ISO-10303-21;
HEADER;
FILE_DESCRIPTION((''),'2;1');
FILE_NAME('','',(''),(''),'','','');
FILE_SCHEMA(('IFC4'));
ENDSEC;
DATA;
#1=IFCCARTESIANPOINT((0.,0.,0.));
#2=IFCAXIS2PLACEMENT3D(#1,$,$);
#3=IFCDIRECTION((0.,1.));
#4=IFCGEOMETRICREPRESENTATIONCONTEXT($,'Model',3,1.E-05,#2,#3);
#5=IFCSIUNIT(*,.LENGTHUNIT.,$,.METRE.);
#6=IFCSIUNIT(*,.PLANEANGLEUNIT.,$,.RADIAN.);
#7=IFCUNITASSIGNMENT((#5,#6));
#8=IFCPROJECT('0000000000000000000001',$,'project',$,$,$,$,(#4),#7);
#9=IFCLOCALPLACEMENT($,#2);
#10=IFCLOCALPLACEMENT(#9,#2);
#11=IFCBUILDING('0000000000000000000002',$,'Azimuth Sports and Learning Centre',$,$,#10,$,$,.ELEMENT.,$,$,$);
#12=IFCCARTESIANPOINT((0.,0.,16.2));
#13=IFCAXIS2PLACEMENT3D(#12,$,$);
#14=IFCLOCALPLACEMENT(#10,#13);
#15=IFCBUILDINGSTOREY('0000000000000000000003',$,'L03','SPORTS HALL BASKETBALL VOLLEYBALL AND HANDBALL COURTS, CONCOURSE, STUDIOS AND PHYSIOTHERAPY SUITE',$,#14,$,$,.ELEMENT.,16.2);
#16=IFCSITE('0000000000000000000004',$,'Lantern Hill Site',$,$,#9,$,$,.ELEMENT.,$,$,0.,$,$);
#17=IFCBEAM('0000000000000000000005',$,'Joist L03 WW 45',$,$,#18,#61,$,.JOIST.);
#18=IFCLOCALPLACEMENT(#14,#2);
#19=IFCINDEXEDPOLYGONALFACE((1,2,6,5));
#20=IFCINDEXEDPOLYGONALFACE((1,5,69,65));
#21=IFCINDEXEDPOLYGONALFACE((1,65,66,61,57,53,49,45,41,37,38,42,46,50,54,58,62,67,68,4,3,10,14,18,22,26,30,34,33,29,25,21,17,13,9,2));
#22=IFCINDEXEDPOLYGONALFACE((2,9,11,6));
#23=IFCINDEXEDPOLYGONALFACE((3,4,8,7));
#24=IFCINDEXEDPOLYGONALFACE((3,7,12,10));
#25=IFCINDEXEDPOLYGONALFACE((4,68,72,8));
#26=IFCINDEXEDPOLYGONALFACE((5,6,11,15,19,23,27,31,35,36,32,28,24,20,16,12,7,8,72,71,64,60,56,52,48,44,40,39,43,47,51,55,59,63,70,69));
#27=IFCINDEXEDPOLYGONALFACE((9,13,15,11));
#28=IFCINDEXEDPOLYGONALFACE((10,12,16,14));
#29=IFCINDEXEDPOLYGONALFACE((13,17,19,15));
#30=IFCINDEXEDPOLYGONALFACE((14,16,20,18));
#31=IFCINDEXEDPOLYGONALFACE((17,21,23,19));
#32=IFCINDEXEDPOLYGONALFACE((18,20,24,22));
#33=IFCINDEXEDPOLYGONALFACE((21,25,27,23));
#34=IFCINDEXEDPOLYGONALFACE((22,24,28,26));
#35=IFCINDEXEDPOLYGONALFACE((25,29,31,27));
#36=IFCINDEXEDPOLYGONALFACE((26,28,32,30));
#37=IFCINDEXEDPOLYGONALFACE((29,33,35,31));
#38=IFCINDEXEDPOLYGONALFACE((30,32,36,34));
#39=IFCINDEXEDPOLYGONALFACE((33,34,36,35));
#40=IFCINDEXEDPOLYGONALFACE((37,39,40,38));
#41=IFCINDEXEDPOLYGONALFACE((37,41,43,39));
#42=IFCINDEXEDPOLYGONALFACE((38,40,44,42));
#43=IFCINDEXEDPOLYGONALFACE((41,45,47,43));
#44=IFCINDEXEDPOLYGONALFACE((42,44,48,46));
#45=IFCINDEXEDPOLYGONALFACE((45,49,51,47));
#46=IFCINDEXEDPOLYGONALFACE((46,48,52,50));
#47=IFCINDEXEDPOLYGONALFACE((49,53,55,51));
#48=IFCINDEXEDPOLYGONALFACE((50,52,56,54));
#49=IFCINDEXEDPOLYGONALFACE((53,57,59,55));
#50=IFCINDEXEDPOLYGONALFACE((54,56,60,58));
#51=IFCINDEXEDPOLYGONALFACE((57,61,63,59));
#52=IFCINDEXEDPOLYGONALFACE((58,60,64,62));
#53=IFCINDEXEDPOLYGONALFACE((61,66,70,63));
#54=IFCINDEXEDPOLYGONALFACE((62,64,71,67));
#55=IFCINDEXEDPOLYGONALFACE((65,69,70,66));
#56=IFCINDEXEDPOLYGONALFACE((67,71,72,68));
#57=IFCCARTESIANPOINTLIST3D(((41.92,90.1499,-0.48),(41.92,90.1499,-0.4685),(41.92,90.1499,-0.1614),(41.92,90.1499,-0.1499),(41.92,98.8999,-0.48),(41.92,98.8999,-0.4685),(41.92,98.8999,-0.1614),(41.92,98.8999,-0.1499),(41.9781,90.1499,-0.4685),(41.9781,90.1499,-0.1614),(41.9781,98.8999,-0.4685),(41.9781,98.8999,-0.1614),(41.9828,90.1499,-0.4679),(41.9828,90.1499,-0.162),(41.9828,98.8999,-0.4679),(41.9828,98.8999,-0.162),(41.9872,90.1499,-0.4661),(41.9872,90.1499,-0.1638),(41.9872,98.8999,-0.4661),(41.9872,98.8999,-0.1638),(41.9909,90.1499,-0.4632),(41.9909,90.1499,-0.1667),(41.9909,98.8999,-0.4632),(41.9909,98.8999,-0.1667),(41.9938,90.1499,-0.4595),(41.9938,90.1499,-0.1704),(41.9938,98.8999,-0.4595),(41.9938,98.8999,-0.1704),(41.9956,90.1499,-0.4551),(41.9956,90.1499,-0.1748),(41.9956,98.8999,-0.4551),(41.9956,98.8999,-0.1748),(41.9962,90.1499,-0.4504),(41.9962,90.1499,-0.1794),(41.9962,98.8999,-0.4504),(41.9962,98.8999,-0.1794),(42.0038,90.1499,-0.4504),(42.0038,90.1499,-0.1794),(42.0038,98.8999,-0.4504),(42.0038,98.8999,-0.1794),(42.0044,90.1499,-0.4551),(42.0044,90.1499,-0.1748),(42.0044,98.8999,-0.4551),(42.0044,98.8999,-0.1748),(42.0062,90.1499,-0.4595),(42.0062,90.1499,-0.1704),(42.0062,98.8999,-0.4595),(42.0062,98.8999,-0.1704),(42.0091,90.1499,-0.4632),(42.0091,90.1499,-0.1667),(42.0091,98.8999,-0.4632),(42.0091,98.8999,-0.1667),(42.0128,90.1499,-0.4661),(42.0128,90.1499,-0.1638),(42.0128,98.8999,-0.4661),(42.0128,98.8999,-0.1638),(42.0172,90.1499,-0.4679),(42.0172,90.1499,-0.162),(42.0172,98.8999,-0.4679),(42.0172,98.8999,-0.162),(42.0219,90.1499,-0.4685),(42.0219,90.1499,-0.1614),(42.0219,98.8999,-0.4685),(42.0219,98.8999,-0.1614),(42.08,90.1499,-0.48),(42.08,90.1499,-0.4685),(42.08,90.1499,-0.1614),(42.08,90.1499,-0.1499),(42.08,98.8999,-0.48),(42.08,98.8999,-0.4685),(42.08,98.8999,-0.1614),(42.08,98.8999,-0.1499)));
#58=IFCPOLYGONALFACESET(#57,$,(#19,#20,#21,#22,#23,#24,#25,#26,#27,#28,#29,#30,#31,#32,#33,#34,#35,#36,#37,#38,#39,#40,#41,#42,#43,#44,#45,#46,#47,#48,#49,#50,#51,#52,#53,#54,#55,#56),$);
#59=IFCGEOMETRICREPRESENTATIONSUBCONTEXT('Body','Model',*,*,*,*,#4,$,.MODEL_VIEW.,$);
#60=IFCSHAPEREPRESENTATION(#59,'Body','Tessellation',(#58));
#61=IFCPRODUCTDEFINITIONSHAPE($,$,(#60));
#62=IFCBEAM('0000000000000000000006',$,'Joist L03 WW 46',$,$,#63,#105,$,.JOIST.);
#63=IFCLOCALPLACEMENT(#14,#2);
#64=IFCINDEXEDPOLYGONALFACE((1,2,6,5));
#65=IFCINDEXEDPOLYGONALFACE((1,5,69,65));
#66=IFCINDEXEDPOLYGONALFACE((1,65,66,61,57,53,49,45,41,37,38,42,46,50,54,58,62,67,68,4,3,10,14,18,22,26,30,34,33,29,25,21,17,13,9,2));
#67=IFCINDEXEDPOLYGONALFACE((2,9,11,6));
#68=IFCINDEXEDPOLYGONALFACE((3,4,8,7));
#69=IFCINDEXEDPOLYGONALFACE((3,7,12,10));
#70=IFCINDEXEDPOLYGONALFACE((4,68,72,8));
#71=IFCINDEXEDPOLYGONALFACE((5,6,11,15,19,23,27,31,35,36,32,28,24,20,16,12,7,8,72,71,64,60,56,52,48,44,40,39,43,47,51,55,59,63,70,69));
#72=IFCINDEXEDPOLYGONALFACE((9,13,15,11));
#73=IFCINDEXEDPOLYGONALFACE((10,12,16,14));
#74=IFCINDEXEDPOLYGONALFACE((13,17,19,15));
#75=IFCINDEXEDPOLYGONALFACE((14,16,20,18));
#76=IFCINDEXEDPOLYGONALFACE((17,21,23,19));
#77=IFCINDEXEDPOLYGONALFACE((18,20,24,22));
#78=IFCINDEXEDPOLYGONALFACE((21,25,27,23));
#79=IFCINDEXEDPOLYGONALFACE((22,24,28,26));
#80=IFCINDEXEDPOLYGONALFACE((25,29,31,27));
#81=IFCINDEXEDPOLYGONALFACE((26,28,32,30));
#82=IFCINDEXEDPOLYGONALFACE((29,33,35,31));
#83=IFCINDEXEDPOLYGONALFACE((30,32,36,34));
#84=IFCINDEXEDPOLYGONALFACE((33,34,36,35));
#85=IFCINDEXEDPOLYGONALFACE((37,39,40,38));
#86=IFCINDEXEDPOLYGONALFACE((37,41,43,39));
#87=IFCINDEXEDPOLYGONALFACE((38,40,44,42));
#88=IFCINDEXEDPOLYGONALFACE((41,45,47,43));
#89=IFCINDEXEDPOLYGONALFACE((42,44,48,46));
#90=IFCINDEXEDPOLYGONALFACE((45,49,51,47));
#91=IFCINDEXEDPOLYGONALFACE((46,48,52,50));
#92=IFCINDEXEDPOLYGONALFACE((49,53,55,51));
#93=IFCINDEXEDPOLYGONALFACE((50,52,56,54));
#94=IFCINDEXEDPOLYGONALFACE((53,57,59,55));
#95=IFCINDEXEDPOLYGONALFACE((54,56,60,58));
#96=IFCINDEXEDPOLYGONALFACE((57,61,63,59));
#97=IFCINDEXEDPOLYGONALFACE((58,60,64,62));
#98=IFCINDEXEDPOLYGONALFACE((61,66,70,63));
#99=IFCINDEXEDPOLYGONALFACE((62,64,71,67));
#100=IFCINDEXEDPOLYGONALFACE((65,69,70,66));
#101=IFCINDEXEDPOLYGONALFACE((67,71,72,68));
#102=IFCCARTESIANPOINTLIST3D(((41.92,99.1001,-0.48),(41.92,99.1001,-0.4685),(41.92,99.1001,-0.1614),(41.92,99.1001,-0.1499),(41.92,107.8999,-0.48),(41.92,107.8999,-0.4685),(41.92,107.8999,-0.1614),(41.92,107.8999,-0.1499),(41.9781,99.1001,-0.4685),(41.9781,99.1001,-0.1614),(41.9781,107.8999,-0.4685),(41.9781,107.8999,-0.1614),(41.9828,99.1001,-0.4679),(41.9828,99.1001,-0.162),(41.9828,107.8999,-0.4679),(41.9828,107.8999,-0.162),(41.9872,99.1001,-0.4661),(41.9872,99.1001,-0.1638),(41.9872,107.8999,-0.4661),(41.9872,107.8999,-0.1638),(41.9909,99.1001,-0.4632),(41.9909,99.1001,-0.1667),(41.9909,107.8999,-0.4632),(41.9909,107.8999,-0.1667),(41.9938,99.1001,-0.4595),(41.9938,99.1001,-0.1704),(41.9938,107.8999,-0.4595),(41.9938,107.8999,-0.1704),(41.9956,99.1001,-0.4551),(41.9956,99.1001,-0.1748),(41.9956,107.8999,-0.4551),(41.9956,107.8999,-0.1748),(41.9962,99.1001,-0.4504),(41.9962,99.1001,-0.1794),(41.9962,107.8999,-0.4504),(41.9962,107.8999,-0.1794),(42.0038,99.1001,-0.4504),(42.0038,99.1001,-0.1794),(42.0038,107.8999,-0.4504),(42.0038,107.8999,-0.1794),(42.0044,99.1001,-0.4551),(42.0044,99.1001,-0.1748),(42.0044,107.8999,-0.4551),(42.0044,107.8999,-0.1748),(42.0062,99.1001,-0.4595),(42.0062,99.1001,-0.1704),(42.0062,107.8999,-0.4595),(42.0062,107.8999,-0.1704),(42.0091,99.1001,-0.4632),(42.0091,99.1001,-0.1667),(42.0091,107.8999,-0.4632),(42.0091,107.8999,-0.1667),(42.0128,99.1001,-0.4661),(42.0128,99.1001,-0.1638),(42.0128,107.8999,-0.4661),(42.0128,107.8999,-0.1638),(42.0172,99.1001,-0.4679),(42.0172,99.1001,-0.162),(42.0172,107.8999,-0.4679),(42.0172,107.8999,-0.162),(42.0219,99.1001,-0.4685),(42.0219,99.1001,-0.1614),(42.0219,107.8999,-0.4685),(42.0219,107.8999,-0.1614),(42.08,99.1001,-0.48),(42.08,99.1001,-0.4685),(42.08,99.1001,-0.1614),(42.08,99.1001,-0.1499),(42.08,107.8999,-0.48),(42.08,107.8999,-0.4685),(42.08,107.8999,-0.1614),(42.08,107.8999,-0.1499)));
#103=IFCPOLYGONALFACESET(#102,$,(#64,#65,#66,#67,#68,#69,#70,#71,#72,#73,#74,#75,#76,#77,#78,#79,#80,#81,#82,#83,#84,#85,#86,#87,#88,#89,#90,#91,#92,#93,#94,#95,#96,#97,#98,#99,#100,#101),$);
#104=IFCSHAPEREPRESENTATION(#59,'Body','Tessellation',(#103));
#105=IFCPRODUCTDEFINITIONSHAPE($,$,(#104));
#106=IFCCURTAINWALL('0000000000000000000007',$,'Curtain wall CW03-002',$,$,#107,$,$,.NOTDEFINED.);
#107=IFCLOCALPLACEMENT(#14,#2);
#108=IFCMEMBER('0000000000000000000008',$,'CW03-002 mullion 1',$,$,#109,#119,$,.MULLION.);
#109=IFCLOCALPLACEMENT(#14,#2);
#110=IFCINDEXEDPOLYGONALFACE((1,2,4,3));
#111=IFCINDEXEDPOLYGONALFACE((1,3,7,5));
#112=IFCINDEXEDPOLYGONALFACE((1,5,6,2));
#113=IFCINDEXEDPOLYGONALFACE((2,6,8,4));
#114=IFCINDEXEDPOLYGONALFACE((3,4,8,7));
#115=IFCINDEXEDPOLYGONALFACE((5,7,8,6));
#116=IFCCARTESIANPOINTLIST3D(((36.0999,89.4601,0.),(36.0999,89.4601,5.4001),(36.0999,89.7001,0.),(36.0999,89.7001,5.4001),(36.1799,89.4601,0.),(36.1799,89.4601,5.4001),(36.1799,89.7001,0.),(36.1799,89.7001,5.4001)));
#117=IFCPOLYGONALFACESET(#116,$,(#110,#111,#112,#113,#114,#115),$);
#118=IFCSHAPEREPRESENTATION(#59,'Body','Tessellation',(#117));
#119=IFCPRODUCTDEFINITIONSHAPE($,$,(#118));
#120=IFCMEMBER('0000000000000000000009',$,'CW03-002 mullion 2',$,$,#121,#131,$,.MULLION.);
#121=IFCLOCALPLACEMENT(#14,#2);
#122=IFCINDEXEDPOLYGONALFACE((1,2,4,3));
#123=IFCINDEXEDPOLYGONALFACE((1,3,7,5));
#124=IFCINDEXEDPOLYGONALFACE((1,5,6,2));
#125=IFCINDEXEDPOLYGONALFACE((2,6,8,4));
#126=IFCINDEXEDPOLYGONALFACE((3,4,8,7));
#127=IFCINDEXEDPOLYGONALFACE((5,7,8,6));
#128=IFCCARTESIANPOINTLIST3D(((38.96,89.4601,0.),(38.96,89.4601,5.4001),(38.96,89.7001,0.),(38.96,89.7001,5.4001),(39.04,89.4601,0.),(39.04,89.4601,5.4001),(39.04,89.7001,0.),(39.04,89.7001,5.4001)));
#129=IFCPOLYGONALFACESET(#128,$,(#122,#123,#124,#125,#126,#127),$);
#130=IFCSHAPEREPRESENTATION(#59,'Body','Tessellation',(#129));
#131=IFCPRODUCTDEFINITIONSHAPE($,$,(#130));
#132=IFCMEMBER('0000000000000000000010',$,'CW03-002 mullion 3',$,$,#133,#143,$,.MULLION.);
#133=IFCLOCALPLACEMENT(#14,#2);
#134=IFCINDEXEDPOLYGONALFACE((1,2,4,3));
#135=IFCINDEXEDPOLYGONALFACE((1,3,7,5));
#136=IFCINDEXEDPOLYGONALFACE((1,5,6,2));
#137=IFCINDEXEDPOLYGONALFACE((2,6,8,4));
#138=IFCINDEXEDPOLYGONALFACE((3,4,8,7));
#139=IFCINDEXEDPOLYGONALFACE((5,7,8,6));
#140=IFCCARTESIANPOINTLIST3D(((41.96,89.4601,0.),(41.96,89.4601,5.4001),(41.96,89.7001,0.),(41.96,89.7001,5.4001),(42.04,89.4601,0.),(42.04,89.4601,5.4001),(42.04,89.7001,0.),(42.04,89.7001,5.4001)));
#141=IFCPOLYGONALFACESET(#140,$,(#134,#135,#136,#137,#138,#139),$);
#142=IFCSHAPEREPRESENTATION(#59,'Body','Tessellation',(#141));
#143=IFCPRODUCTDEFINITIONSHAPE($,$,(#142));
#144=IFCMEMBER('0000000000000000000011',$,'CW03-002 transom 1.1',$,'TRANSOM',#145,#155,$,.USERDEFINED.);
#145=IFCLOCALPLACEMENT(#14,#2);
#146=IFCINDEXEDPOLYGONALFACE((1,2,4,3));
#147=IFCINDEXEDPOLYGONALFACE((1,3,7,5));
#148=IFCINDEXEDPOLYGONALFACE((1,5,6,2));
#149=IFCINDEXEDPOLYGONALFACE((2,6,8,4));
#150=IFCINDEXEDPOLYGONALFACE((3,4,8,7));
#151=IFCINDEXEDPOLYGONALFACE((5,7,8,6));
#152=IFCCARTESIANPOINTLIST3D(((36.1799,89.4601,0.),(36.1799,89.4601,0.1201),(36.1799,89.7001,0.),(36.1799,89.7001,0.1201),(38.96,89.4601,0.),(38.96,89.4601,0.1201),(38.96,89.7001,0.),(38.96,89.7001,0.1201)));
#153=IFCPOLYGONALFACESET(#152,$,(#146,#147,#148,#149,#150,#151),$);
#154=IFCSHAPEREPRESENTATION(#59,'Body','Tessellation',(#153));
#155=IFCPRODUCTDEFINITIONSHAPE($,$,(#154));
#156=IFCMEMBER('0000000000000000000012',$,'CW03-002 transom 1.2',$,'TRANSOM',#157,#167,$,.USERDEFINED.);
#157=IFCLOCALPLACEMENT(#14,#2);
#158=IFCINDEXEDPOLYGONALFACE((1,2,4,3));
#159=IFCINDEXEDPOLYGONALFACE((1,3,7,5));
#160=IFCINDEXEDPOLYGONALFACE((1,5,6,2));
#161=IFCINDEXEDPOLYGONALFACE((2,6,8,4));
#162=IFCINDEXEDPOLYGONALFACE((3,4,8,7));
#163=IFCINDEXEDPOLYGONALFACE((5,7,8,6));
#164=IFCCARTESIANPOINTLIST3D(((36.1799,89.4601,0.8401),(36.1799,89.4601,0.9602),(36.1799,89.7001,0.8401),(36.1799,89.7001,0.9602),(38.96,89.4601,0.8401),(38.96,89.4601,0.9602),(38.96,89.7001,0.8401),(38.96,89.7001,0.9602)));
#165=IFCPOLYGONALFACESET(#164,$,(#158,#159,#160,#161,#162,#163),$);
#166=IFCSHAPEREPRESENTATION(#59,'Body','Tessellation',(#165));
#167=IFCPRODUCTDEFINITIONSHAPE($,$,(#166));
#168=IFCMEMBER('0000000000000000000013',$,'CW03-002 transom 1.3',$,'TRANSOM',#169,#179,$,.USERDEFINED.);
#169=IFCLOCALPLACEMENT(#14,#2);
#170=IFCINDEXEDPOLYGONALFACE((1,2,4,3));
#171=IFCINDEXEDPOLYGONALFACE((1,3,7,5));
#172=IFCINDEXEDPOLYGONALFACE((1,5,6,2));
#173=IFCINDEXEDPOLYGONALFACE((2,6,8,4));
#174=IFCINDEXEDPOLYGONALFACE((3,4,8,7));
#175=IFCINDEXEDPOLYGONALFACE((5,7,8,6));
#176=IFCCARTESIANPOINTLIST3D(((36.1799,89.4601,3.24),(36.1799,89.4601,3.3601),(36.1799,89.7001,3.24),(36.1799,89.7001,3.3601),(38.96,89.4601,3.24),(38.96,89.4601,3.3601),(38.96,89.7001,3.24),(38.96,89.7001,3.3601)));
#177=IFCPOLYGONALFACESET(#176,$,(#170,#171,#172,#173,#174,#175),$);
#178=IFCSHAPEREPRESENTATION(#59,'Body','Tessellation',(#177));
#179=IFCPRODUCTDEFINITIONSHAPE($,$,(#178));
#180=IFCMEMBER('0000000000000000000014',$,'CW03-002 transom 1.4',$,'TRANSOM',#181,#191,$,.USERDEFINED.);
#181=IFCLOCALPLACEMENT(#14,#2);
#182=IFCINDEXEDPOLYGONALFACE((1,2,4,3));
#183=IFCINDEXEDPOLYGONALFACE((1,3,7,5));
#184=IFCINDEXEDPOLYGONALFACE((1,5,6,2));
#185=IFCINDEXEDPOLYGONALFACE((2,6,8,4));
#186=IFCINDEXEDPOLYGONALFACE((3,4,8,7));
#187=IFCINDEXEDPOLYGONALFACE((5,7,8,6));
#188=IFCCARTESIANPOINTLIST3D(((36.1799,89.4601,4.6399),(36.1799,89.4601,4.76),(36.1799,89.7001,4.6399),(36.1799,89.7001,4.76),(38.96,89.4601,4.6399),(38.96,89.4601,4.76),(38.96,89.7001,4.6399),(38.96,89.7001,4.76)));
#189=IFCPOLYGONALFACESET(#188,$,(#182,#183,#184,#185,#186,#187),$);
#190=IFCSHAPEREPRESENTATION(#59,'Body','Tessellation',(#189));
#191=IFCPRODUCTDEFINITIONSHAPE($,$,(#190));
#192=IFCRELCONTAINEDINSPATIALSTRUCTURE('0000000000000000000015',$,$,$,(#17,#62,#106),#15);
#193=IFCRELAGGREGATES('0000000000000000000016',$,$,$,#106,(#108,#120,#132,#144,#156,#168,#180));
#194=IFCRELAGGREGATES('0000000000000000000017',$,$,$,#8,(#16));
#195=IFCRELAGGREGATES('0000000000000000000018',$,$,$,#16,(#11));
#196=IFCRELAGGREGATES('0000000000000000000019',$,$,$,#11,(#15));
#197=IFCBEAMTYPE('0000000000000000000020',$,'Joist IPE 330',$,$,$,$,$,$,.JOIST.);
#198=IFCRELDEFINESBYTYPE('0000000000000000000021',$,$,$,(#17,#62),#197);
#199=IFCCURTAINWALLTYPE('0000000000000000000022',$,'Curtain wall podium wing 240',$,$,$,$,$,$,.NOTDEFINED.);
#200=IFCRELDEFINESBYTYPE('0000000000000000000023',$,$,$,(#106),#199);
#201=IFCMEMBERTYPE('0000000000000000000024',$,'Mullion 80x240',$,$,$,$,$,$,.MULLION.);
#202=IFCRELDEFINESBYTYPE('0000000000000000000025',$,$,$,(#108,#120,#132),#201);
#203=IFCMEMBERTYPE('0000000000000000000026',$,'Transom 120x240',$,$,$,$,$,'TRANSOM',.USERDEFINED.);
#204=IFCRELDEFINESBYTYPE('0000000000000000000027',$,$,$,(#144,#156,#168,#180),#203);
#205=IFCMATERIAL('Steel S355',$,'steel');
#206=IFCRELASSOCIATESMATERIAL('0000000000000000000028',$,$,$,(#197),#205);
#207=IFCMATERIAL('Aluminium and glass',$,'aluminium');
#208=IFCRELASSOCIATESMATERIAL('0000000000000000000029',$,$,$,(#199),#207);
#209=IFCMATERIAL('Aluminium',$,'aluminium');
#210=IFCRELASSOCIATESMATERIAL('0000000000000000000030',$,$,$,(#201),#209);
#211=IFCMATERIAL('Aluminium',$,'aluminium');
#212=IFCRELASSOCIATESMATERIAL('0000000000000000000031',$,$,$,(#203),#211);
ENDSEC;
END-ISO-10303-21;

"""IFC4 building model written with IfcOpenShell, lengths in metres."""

from ifc_helpers import new_model, si_unit, direction, frame, origin, origin_2d, place, context, subcontext, project, spatial, rectangle, i_section, extrude, material, material_profile, profile_set, type_object, element, aggregate, save


model = new_model("IFC4")

# Units and contexts
model_context = context("Model", 3, precision=1e-05, world=origin(), true_north=direction((0.0, 1.0)))
body_context = subcontext(model_context, "Body", "Model", "MODEL_VIEW")
ifc_project = project(units=[si_unit("LENGTHUNIT", "METRE"), si_unit("PLANEANGLEUNIT", "RADIAN")], contexts=[model_context])

# Site, building, storey
site_placement = place(None, origin())
site = spatial("IfcSite", under=ifc_project, at=site_placement, Name="Lantern Hill Site", CompositionType="ELEMENT", RefElevation=0.0)
building_placement = place(site_placement, origin())
building = spatial("IfcBuilding", under=site, at=building_placement, Name="Azimuth Sports and Learning Centre", CompositionType="ELEMENT")
storey_placement = place(building_placement, frame((0.0, 0.0, 16.2)))
storey = spatial("IfcBuildingStorey", under=building, at=storey_placement, Name="L03", Description="SPORTS HALL BASKETBALL VOLLEYBALL AND HANDBALL COURTS, CONCOURSE, STUDIOS AND PHYSIOTHERAPY SUITE", CompositionType="ELEMENT", Elevation=16.2)

# Beams
ifc_material_1 = material(Name="Steel S355", Category="steel")
ifc_material_profile_1 = material_profile(ifc_material_1, i_section(OverallWidth=0.1599, OverallDepth=0.3301, WebThickness=0.0076, FlangeThickness=0.0115, FilletRadius=0.0181, at=origin_2d()), Name="IPE 330")
ifc_profile_set_1 = profile_set([ifc_material_profile_1], Name="Steel S355")
beam_type_1 = type_object("IfcBeamType", Name="Joist IPE 330", PredefinedType="JOIST", material=ifc_profile_set_1)
beam_1_placement = place(storey_placement, frame((42.0, 90.1499, -0.3149), z_axis=(0.0, 1.0, 0.0), x_axis=(-1.0, 0.0, 0.0)))
element("IfcBeam", 1, at=beam_1_placement, inside=storey, type_object=beam_type_1, Name="Joist L03 WW 45", PredefinedType="JOIST", context=body_context, shape_type="SweptSolid", body=[
    extrude(i_section(OverallWidth=0.1599, OverallDepth=0.3301, WebThickness=0.0076, FlangeThickness=0.0115, FilletRadius=0.0181, at=origin_2d()), origin(), (0.0, 0.0, 1.0), 8.75),
])
beam_2_placement = place(storey_placement, frame((42.0, 99.1001, -0.3149), z_axis=(0.0, 1.0, 0.0), x_axis=(-1.0, 0.0, 0.0)))
element("IfcBeam", 2, at=beam_2_placement, inside=storey, type_object=beam_type_1, Name="Joist L03 WW 46", PredefinedType="JOIST", context=body_context, shape_type="SweptSolid", body=[
    extrude(i_section(OverallWidth=0.1599, OverallDepth=0.3301, WebThickness=0.0076, FlangeThickness=0.0115, FilletRadius=0.0181, at=origin_2d()), origin(), (0.0, 0.0, 1.0), 8.7998),
])

# Curtain wall, members
ifc_material_2 = material(Name="Aluminium and glass", Category="aluminium")
curtain_wall_type = type_object("IfcCurtainWallType", Name="Curtain wall podium wing 240", PredefinedType="NOTDEFINED", material=ifc_material_2)
curtain_wall_placement = place(storey_placement, origin())
curtain_wall = element("IfcCurtainWall", 3, at=curtain_wall_placement, inside=storey, type_object=curtain_wall_type, Name="Curtain wall CW03-002", PredefinedType="NOTDEFINED")
ifc_material_3 = material(Name="Aluminium", Category="aluminium")
ifc_material_profile_2 = material_profile(ifc_material_3, rectangle(XDim=0.24, YDim=0.0801, at=origin_2d()), Name="Mullion 80x240")
ifc_profile_set_2 = profile_set([ifc_material_profile_2], Name="Aluminium")
member_type_1 = type_object("IfcMemberType", Name="Mullion 80x240", PredefinedType="MULLION", material=ifc_profile_set_2)
member_1_placement = place(storey_placement, frame((36.1399, 89.5801, 0.0), z_axis=(0.0, 0.0, 1.0), x_axis=(0.0, 1.0, 0.0)))
member_1 = element("IfcMember", 4, at=member_1_placement, type_object=member_type_1, Name="CW03-002 mullion 1", PredefinedType="MULLION", context=body_context, shape_type="SweptSolid", body=[
    extrude(rectangle(XDim=0.24, YDim=0.0801, at=origin_2d()), origin(), (0.0, 0.0, 1.0), 5.4001),
])
member_2_placement = place(storey_placement, frame((39.0, 89.5801, 0.0), z_axis=(0.0, 0.0, 1.0), x_axis=(0.0, 1.0, 0.0)))
member_2 = element("IfcMember", 5, at=member_2_placement, type_object=member_type_1, Name="CW03-002 mullion 2", PredefinedType="MULLION", context=body_context, shape_type="SweptSolid", body=[
    extrude(rectangle(XDim=0.24, YDim=0.0801, at=origin_2d()), origin(), (0.0, 0.0, 1.0), 5.4001),
])
member_3_placement = place(storey_placement, frame((42.0, 89.5801, 0.0), z_axis=(0.0, 0.0, 1.0), x_axis=(0.0, 1.0, 0.0)))
member_3 = element("IfcMember", 6, at=member_3_placement, type_object=member_type_1, Name="CW03-002 mullion 3", PredefinedType="MULLION", context=body_context, shape_type="SweptSolid", body=[
    extrude(rectangle(XDim=0.24, YDim=0.0801, at=origin_2d()), origin(), (0.0, 0.0, 1.0), 5.4001),
])
ifc_material_4 = material(Name="Aluminium", Category="aluminium")
ifc_material_profile_3 = material_profile(ifc_material_4, rectangle(XDim=0.24, YDim=0.1201, at=origin_2d()), Name="Transom 120x240")
ifc_profile_set_3 = profile_set([ifc_material_profile_3], Name="Aluminium")
member_type_2 = type_object("IfcMemberType", Name="Transom 120x240", ElementType="TRANSOM", PredefinedType="USERDEFINED", material=ifc_profile_set_3)
member_4_placement = place(storey_placement, frame((36.1799, 89.5801, 0.0601), z_axis=(1.0, 0.0, 0.0), x_axis=(0.0, 1.0, 0.0)))
member_4 = element("IfcMember", 7, at=member_4_placement, type_object=member_type_2, Name="CW03-002 transom 1.1", ObjectType="TRANSOM", PredefinedType="USERDEFINED", context=body_context, shape_type="SweptSolid", body=[
    extrude(rectangle(XDim=0.24, YDim=0.1201, at=origin_2d()), origin(), (0.0, 0.0, 1.0), 2.78),
])
member_5_placement = place(storey_placement, frame((36.1799, 89.5801, 0.9001), z_axis=(1.0, 0.0, 0.0), x_axis=(0.0, 1.0, 0.0)))
member_5 = element("IfcMember", 8, at=member_5_placement, type_object=member_type_2, Name="CW03-002 transom 1.2", ObjectType="TRANSOM", PredefinedType="USERDEFINED", context=body_context, shape_type="SweptSolid", body=[
    extrude(rectangle(XDim=0.24, YDim=0.1201, at=origin_2d()), origin(), (0.0, 0.0, 1.0), 2.78),
])
member_6_placement = place(storey_placement, frame((36.1799, 89.5801, 3.3), z_axis=(1.0, 0.0, 0.0), x_axis=(0.0, 1.0, 0.0)))
member_6 = element("IfcMember", 9, at=member_6_placement, type_object=member_type_2, Name="CW03-002 transom 1.3", ObjectType="TRANSOM", PredefinedType="USERDEFINED", context=body_context, shape_type="SweptSolid", body=[
    extrude(rectangle(XDim=0.24, YDim=0.1201, at=origin_2d()), origin(), (0.0, 0.0, 1.0), 2.78),
])
member_7_placement = place(storey_placement, frame((36.1799, 89.5801, 4.7), z_axis=(1.0, 0.0, 0.0), x_axis=(0.0, 1.0, 0.0)))
member_7 = element("IfcMember", 10, at=member_7_placement, type_object=member_type_2, Name="CW03-002 transom 1.4", ObjectType="TRANSOM", PredefinedType="USERDEFINED", context=body_context, shape_type="SweptSolid", body=[
    extrude(rectangle(XDim=0.24, YDim=0.1201, at=origin_2d()), origin(), (0.0, 0.0, 1.0), 2.78),
])
aggregate(curtain_wall, [member_1, member_2, member_3, member_4, member_5, member_6, member_7])

save(model, "model.ifc")
